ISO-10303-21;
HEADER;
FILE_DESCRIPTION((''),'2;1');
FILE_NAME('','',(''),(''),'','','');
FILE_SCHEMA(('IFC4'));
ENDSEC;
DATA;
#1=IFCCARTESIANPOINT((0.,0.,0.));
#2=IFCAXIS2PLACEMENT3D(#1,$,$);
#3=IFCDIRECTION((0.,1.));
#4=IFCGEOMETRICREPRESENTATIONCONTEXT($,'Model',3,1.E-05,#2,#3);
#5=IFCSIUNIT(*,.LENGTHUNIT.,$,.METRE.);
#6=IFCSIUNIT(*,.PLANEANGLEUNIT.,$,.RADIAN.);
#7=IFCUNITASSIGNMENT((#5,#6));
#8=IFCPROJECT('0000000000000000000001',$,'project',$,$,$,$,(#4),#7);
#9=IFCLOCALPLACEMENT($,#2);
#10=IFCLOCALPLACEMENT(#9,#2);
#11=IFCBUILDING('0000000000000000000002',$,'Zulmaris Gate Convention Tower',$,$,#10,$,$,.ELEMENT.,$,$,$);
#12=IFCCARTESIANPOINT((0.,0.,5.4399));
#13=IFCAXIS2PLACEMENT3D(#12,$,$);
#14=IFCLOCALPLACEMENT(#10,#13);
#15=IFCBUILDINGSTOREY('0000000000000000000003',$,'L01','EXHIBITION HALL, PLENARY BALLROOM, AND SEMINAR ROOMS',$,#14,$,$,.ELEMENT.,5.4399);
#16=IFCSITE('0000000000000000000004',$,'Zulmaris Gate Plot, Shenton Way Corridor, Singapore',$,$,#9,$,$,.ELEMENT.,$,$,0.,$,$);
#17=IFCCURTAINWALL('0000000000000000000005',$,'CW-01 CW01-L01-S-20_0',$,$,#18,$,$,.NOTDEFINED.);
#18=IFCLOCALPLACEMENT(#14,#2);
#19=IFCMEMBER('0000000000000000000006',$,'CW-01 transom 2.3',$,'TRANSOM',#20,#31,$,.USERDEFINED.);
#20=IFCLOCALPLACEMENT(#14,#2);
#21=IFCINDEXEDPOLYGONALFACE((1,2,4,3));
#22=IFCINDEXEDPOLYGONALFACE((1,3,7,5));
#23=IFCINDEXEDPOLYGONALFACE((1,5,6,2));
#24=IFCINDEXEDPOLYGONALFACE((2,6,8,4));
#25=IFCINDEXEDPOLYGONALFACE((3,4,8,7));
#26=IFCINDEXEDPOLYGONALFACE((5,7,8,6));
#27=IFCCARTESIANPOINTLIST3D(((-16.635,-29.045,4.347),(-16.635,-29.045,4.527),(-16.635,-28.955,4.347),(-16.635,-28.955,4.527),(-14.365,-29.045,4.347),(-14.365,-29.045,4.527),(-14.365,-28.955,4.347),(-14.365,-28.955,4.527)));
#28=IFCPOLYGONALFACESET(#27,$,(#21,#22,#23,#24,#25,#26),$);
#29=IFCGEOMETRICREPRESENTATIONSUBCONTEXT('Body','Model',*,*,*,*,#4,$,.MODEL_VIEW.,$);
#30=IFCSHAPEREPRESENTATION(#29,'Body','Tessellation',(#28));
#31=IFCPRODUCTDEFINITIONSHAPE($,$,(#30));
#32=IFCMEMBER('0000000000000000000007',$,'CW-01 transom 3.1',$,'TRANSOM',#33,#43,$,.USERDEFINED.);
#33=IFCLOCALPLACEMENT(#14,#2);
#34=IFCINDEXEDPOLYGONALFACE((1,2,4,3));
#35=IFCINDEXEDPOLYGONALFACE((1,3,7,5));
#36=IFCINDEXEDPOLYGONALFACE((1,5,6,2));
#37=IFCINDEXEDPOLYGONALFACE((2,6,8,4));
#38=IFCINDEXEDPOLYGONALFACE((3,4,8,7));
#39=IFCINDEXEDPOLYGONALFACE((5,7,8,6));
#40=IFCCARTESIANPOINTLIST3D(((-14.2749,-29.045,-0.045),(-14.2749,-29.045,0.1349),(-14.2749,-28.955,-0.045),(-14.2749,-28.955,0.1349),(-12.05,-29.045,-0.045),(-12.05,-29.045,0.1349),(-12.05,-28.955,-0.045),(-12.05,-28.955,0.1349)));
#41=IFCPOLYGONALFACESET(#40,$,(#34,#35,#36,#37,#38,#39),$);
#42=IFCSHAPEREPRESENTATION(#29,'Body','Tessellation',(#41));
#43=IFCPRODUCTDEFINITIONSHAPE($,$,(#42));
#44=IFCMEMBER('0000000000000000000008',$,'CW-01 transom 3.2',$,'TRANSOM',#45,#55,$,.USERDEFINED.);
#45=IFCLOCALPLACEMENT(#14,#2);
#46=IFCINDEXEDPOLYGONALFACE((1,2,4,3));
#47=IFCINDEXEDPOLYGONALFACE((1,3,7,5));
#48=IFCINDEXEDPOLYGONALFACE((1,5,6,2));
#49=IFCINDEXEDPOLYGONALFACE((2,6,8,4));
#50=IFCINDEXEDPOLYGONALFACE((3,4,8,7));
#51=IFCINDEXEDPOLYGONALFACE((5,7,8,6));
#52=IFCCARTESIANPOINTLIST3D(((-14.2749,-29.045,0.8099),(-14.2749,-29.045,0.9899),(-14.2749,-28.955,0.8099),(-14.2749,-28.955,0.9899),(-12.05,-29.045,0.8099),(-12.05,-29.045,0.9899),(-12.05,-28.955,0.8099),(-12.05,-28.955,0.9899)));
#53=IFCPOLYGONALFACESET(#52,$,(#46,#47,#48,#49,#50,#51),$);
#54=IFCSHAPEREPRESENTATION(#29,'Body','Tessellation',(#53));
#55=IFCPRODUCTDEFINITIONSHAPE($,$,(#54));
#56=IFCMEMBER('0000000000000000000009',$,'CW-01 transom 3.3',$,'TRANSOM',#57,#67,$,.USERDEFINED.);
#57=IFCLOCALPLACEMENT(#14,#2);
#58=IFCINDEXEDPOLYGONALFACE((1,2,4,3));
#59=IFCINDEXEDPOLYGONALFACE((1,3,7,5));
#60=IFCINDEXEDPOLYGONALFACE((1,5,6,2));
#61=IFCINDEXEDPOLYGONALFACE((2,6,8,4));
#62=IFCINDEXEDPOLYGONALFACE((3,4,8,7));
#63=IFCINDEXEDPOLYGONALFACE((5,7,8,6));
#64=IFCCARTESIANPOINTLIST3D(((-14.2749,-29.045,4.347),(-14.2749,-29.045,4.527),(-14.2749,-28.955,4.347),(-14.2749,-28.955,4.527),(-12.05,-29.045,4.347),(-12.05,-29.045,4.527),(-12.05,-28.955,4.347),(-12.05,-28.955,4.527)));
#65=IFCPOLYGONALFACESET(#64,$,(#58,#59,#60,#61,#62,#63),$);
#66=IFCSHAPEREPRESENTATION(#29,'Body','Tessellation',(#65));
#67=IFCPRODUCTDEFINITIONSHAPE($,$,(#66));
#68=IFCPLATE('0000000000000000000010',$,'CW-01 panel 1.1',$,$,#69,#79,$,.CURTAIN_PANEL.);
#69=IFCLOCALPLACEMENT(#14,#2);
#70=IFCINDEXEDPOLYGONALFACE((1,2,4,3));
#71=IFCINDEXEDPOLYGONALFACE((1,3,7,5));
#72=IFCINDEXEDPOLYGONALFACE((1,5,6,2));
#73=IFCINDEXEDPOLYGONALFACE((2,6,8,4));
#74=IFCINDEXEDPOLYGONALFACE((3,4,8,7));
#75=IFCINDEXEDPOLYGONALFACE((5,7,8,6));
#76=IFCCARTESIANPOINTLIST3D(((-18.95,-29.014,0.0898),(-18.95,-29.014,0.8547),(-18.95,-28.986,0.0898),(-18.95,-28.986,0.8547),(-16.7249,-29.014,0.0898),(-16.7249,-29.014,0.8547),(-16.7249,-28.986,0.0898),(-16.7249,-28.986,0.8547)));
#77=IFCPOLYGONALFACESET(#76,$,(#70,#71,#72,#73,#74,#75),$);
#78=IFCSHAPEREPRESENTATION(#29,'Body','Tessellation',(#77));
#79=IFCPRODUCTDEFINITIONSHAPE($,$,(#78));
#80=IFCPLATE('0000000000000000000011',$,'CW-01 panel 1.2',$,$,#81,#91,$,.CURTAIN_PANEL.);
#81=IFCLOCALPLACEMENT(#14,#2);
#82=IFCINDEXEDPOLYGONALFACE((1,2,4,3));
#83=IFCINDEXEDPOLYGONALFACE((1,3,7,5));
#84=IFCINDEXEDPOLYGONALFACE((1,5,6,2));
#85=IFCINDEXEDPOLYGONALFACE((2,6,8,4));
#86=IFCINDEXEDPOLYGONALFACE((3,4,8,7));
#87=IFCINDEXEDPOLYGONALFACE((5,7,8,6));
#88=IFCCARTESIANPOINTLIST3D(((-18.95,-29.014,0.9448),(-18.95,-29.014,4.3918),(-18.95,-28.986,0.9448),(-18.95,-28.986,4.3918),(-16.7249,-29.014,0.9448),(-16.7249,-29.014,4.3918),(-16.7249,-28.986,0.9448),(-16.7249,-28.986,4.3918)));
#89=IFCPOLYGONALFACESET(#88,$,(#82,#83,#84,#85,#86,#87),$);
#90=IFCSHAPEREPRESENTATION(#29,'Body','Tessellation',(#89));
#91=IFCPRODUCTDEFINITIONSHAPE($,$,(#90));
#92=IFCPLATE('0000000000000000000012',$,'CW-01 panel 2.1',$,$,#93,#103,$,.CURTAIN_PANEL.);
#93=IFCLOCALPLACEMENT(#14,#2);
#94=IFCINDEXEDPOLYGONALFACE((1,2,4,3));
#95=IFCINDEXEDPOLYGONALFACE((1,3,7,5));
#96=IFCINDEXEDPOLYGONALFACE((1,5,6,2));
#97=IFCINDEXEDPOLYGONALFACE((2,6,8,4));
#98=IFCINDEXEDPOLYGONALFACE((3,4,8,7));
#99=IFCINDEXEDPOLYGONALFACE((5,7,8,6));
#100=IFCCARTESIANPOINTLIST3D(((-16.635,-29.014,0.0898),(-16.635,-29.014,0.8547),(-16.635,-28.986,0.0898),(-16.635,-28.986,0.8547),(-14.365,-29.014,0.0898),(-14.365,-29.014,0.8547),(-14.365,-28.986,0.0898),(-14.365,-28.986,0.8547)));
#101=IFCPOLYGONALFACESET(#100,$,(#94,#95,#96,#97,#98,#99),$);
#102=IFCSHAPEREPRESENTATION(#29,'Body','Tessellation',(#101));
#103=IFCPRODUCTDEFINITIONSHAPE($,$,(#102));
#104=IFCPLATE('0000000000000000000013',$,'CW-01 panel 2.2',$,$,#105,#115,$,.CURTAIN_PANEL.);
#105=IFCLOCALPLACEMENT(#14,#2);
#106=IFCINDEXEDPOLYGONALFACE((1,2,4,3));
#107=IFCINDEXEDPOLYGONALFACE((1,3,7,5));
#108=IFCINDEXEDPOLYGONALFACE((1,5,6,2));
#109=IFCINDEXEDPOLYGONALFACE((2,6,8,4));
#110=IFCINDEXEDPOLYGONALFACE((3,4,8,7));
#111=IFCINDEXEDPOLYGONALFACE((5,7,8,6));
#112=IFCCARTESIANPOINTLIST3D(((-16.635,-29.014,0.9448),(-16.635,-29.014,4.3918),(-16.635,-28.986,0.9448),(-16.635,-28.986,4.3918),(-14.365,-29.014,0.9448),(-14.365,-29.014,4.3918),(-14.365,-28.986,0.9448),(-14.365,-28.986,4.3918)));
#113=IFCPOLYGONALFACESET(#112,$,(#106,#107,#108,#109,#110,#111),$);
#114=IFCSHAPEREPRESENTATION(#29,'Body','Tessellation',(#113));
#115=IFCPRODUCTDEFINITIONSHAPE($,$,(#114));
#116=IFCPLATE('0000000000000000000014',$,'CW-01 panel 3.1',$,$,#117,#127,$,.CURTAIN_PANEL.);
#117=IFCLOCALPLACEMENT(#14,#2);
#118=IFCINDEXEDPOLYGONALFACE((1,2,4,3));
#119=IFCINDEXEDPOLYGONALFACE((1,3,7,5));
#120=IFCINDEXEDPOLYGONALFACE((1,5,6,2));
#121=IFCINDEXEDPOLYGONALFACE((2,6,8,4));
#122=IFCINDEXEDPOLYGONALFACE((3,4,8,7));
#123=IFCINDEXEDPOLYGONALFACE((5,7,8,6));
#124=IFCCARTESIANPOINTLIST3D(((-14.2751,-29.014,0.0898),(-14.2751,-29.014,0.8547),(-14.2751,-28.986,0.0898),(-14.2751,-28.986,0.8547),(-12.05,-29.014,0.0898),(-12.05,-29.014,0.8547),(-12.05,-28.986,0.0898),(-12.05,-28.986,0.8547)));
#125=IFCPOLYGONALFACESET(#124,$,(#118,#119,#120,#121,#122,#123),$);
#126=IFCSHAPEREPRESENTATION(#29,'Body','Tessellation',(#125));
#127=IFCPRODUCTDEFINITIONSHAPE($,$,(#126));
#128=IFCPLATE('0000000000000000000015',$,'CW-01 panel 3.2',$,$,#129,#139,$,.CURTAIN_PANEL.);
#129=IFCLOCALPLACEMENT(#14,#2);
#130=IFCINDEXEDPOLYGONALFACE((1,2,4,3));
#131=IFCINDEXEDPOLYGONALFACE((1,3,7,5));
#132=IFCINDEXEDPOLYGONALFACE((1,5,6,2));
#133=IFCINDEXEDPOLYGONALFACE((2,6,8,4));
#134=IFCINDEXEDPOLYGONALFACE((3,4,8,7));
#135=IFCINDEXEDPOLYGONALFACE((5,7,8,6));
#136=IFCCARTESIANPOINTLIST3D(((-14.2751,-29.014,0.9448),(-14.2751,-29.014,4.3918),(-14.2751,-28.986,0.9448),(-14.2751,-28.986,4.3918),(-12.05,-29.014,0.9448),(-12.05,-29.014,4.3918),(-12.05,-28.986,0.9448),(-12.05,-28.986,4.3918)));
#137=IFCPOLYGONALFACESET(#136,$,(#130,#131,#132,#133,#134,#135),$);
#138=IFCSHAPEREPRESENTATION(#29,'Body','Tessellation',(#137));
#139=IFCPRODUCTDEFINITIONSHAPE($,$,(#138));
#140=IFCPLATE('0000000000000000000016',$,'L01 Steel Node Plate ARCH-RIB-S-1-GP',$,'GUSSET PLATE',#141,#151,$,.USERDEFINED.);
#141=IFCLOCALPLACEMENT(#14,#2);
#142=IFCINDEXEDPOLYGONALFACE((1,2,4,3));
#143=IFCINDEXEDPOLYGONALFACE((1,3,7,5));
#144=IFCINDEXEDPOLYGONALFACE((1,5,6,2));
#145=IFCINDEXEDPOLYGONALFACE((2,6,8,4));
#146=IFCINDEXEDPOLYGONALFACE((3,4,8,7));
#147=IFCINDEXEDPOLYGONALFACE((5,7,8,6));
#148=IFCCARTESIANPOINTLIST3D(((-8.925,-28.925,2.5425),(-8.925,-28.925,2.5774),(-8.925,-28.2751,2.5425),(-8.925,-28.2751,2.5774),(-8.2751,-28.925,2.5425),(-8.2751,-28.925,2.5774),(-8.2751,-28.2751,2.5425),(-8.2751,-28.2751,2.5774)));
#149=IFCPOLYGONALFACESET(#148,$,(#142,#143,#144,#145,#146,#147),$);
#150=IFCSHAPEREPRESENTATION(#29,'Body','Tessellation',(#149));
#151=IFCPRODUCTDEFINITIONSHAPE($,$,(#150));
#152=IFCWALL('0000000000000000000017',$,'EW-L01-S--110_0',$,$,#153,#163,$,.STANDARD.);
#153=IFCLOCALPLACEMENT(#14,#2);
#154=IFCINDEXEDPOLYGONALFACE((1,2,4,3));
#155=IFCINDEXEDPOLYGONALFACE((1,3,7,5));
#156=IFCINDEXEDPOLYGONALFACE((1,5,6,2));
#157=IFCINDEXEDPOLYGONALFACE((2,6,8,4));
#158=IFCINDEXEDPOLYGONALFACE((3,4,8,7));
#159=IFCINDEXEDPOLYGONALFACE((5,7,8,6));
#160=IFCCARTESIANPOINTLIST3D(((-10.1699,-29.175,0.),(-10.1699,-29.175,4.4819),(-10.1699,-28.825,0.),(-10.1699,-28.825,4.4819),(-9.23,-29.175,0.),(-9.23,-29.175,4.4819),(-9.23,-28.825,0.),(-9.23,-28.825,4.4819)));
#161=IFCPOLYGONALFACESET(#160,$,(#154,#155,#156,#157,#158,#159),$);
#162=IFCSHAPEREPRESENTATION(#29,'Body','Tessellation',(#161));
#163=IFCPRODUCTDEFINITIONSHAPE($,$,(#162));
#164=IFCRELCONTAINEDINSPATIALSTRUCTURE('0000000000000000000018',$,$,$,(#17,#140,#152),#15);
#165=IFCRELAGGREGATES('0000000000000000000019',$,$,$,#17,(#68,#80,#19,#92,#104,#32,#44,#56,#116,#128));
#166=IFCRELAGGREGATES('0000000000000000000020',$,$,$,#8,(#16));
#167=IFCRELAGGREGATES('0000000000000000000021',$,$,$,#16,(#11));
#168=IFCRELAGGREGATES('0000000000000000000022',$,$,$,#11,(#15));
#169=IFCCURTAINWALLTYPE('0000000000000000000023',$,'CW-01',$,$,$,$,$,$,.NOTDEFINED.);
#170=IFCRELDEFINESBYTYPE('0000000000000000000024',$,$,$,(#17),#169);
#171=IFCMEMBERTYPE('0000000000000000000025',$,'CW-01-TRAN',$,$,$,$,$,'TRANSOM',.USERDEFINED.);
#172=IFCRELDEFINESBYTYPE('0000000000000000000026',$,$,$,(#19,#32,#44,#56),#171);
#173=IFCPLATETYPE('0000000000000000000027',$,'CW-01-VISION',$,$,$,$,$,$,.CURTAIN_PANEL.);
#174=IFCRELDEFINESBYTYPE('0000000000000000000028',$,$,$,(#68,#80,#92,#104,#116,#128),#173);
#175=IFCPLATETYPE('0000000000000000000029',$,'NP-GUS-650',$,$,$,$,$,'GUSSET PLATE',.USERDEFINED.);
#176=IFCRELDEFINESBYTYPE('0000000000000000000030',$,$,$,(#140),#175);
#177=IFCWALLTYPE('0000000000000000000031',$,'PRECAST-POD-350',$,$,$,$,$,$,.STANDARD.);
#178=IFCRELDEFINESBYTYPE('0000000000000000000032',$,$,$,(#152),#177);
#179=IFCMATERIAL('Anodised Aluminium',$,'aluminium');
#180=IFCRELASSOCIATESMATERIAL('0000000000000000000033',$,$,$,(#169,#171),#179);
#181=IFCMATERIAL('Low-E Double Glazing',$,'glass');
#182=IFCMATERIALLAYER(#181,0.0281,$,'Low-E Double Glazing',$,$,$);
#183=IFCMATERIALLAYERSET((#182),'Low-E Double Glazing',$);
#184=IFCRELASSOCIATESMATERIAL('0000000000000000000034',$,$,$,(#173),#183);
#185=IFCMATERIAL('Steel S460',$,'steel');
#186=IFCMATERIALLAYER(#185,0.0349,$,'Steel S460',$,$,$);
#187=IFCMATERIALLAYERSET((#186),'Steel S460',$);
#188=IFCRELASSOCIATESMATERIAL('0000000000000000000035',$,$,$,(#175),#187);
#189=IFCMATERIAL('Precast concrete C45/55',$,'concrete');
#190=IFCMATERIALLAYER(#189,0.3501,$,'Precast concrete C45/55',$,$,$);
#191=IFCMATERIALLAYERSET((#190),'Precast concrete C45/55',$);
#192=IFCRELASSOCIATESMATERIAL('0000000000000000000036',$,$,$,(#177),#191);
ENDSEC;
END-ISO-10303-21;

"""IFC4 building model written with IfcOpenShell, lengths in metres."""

from ifc_helpers import new_model, si_unit, direction, frame, frame_2d, origin, origin_2d, place, context, subcontext, project, spatial, rectangle, extrude, material, layer, layer_set, material_profile, profile_set, type_object, element, aggregate, save


model = new_model("IFC4")

# Units and contexts
model_context = context("Model", 3, precision=1e-05, world=origin(), true_north=direction((0.0, 1.0)))
body_context = subcontext(model_context, "Body", "Model", "MODEL_VIEW")
ifc_project = project(units=[si_unit("LENGTHUNIT", "METRE"), si_unit("PLANEANGLEUNIT", "RADIAN")], contexts=[model_context])

# Site, building, storey
site_placement = place(None, origin())
site = spatial("IfcSite", under=ifc_project, at=site_placement, Name="Zulmaris Gate Plot, Shenton Way Corridor, Singapore", CompositionType="ELEMENT", RefElevation=0.0)
building_placement = place(site_placement, origin())
building = spatial("IfcBuilding", under=site, at=building_placement, Name="Zulmaris Gate Convention Tower", CompositionType="ELEMENT")
storey_placement = place(building_placement, frame((0.0, 0.0, 5.4399)))
storey = spatial("IfcBuildingStorey", under=building, at=storey_placement, Name="L01", Description="EXHIBITION HALL, PLENARY BALLROOM, AND SEMINAR ROOMS", CompositionType="ELEMENT", Elevation=5.4399)

# Curtain wall, members, plates
ifc_material_1 = material(Name="Anodised Aluminium", Category="aluminium")
curtain_wall_type = type_object("IfcCurtainWallType", Name="CW-01", PredefinedType="NOTDEFINED", material=ifc_material_1)
curtain_wall_placement = place(storey_placement, origin())
curtain_wall = element("IfcCurtainWall", 1, at=curtain_wall_placement, inside=storey, type_object=curtain_wall_type, Name="CW-01 CW01-L01-S-20_0", PredefinedType="NOTDEFINED")
ifc_material_profile_1 = material_profile(ifc_material_1, rectangle(XDim=0.0901, YDim=0.1799, at=origin_2d()), Name="ALU TRANSOM 90x180")
ifc_profile_set_1 = profile_set([ifc_material_profile_1], Name="Anodised Aluminium")
member_type_1 = type_object("IfcMemberType", Name="CW-01-TRAN", ElementType="TRANSOM", PredefinedType="USERDEFINED", material=ifc_profile_set_1)
member_1_placement = place(storey_placement, frame((-16.635, -29.0, 4.437), z_axis=(1.0, 0.0, 0.0), x_axis=(0.0, 1.0, 0.0)))
member_1 = element("IfcMember", 2, at=member_1_placement, type_object=member_type_1, Name="CW-01 transom 2.3", ObjectType="TRANSOM", PredefinedType="USERDEFINED", context=body_context, shape_type="SweptSolid", body=[
    extrude(rectangle(XDim=0.0901, YDim=0.1799, at=origin_2d()), origin(), (0.0, 0.0, 1.0), 2.27),
])
member_2_placement = place(storey_placement, frame((-14.2749, -29.0, 0.0449), z_axis=(1.0, 0.0, 0.0), x_axis=(0.0, 1.0, 0.0)))
member_2 = element("IfcMember", 3, at=member_2_placement, type_object=member_type_1, Name="CW-01 transom 3.1", ObjectType="TRANSOM", PredefinedType="USERDEFINED", context=body_context, shape_type="SweptSolid", body=[
    extrude(rectangle(XDim=0.0901, YDim=0.1799, at=origin_2d()), origin(), (0.0, 0.0, 1.0), 2.2249),
])
member_3_placement = place(storey_placement, frame((-14.2749, -29.0, 0.8999), z_axis=(1.0, 0.0, 0.0), x_axis=(0.0, 1.0, 0.0)))
member_3 = element("IfcMember", 4, at=member_3_placement, type_object=member_type_1, Name="CW-01 transom 3.2", ObjectType="TRANSOM", PredefinedType="USERDEFINED", context=body_context, shape_type="SweptSolid", body=[
    extrude(rectangle(XDim=0.0901, YDim=0.1799, at=origin_2d()), origin(), (0.0, 0.0, 1.0), 2.2249),
])
member_4_placement = place(storey_placement, frame((-14.2749, -29.0, 4.437), z_axis=(1.0, 0.0, 0.0), x_axis=(0.0, 1.0, 0.0)))
member_4 = element("IfcMember", 5, at=member_4_placement, type_object=member_type_1, Name="CW-01 transom 3.3", ObjectType="TRANSOM", PredefinedType="USERDEFINED", context=body_context, shape_type="SweptSolid", body=[
    extrude(rectangle(XDim=0.0901, YDim=0.1799, at=origin_2d()), origin(), (0.0, 0.0, 1.0), 2.2249),
])
ifc_material_2 = material(Name="Low-E Double Glazing", Category="glass")
ifc_layer_1 = layer(ifc_material_2, 0.0281, Name="Low-E Double Glazing")
ifc_layer_set_1 = layer_set([ifc_layer_1], Name="Low-E Double Glazing")
plate_type_1 = type_object("IfcPlateType", Name="CW-01-VISION", PredefinedType="CURTAIN_PANEL", material=ifc_layer_set_1)
plate_1_placement = place(storey_placement, frame((-17.8374, -29.0, 0.0898), z_axis=(0.0, 0.0, 1.0), x_axis=(1.0, 0.0, 0.0)))
plate_1 = element("IfcPlate", 6, at=plate_1_placement, type_object=plate_type_1, Name="CW-01 panel 1.1", PredefinedType="CURTAIN_PANEL", context=body_context, shape_type="SweptSolid", body=[
    extrude(rectangle(XDim=2.2251, YDim=0.0281, at=origin_2d()), origin(), (0.0, 0.0, 1.0), 0.7649),
])
plate_2_placement = place(storey_placement, frame((-17.8374, -29.0, 0.9448), z_axis=(0.0, 0.0, 1.0), x_axis=(1.0, 0.0, 0.0)))
plate_2 = element("IfcPlate", 7, at=plate_2_placement, type_object=plate_type_1, Name="CW-01 panel 1.2", PredefinedType="CURTAIN_PANEL", context=body_context, shape_type="SweptSolid", body=[
    extrude(rectangle(XDim=2.2251, YDim=0.0281, at=origin_2d()), origin(), (0.0, 0.0, 1.0), 3.447),
])
plate_3_placement = place(storey_placement, frame((-15.5, -29.0, 0.0898), z_axis=(0.0, 0.0, 1.0), x_axis=(1.0, 0.0, 0.0)))
plate_3 = element("IfcPlate", 8, at=plate_3_placement, type_object=plate_type_1, Name="CW-01 panel 2.1", PredefinedType="CURTAIN_PANEL", context=body_context, shape_type="SweptSolid", body=[
    extrude(rectangle(XDim=2.27, YDim=0.0281, at=origin_2d()), origin(), (0.0, 0.0, 1.0), 0.7649),
])
plate_4_placement = place(storey_placement, frame((-15.5, -29.0, 0.9448), z_axis=(0.0, 0.0, 1.0), x_axis=(1.0, 0.0, 0.0)))
plate_4 = element("IfcPlate", 9, at=plate_4_placement, type_object=plate_type_1, Name="CW-01 panel 2.2", PredefinedType="CURTAIN_PANEL", context=body_context, shape_type="SweptSolid", body=[
    extrude(rectangle(XDim=2.27, YDim=0.0281, at=origin_2d()), origin(), (0.0, 0.0, 1.0), 3.447),
])
plate_5_placement = place(storey_placement, frame((-13.1626, -29.0, 0.0898), z_axis=(0.0, 0.0, 1.0), x_axis=(1.0, 0.0, 0.0)))
plate_5 = element("IfcPlate", 10, at=plate_5_placement, type_object=plate_type_1, Name="CW-01 panel 3.1", PredefinedType="CURTAIN_PANEL", context=body_context, shape_type="SweptSolid", body=[
    extrude(rectangle(XDim=2.2251, YDim=0.0281, at=origin_2d()), origin(), (0.0, 0.0, 1.0), 0.7649),
])
plate_6_placement = place(storey_placement, frame((-13.1626, -29.0, 0.9448), z_axis=(0.0, 0.0, 1.0), x_axis=(1.0, 0.0, 0.0)))
plate_6 = element("IfcPlate", 11, at=plate_6_placement, type_object=plate_type_1, Name="CW-01 panel 3.2", PredefinedType="CURTAIN_PANEL", context=body_context, shape_type="SweptSolid", body=[
    extrude(rectangle(XDim=2.2251, YDim=0.0281, at=origin_2d()), origin(), (0.0, 0.0, 1.0), 3.447),
])
aggregate(curtain_wall, [plate_1, plate_2, member_1, plate_3, plate_4, member_2, member_3, member_4, plate_5, plate_6])

# Plate
ifc_material_3 = material(Name="Steel S460", Category="steel")
ifc_layer_2 = layer(ifc_material_3, 0.0349, Name="Steel S460")
ifc_layer_set_2 = layer_set([ifc_layer_2], Name="Steel S460")
plate_type_2 = type_object("IfcPlateType", Name="NP-GUS-650", ElementType="GUSSET PLATE", PredefinedType="USERDEFINED", material=ifc_layer_set_2)
plate_7_placement = place(storey_placement, frame((-8.6001, -28.6001, 2.5425), z_axis=(0.0, 0.0, 1.0), x_axis=(1.0, 0.0, 0.0)))
element("IfcPlate", 12, at=plate_7_placement, inside=storey, type_object=plate_type_2, Name="L01 Steel Node Plate ARCH-RIB-S-1-GP", ObjectType="GUSSET PLATE", PredefinedType="USERDEFINED", context=body_context, shape_type="SweptSolid", body=[
    extrude(rectangle(XDim=0.6499, YDim=0.6499, at=origin_2d()), origin(), (0.0, 0.0, 1.0), 0.0349),
])

# Wall
ifc_material_4 = material(Name="Precast concrete C45/55", Category="concrete")
ifc_layer_3 = layer(ifc_material_4, 0.3501, Name="Precast concrete C45/55")
ifc_layer_set_3 = layer_set([ifc_layer_3], Name="Precast concrete C45/55")
wall_type = type_object("IfcWallType", Name="PRECAST-POD-350", PredefinedType="STANDARD", material=ifc_layer_set_3)
wall_placement = place(storey_placement, frame((-10.1699, -29.0, 0.0), z_axis=(0.0, 0.0, 1.0), x_axis=(1.0, 0.0, 0.0)))
element("IfcWall", 13, at=wall_placement, inside=storey, type_object=wall_type, Name="EW-L01-S--110_0", PredefinedType="STANDARD", context=body_context, shape_type="SweptSolid", body=[
    extrude(rectangle(XDim=0.9399, YDim=0.3501, at=frame_2d((0.47, 0.0))), origin(), (0.0, 0.0, 1.0), 4.4819),
])

save(model, "model.ifc")
